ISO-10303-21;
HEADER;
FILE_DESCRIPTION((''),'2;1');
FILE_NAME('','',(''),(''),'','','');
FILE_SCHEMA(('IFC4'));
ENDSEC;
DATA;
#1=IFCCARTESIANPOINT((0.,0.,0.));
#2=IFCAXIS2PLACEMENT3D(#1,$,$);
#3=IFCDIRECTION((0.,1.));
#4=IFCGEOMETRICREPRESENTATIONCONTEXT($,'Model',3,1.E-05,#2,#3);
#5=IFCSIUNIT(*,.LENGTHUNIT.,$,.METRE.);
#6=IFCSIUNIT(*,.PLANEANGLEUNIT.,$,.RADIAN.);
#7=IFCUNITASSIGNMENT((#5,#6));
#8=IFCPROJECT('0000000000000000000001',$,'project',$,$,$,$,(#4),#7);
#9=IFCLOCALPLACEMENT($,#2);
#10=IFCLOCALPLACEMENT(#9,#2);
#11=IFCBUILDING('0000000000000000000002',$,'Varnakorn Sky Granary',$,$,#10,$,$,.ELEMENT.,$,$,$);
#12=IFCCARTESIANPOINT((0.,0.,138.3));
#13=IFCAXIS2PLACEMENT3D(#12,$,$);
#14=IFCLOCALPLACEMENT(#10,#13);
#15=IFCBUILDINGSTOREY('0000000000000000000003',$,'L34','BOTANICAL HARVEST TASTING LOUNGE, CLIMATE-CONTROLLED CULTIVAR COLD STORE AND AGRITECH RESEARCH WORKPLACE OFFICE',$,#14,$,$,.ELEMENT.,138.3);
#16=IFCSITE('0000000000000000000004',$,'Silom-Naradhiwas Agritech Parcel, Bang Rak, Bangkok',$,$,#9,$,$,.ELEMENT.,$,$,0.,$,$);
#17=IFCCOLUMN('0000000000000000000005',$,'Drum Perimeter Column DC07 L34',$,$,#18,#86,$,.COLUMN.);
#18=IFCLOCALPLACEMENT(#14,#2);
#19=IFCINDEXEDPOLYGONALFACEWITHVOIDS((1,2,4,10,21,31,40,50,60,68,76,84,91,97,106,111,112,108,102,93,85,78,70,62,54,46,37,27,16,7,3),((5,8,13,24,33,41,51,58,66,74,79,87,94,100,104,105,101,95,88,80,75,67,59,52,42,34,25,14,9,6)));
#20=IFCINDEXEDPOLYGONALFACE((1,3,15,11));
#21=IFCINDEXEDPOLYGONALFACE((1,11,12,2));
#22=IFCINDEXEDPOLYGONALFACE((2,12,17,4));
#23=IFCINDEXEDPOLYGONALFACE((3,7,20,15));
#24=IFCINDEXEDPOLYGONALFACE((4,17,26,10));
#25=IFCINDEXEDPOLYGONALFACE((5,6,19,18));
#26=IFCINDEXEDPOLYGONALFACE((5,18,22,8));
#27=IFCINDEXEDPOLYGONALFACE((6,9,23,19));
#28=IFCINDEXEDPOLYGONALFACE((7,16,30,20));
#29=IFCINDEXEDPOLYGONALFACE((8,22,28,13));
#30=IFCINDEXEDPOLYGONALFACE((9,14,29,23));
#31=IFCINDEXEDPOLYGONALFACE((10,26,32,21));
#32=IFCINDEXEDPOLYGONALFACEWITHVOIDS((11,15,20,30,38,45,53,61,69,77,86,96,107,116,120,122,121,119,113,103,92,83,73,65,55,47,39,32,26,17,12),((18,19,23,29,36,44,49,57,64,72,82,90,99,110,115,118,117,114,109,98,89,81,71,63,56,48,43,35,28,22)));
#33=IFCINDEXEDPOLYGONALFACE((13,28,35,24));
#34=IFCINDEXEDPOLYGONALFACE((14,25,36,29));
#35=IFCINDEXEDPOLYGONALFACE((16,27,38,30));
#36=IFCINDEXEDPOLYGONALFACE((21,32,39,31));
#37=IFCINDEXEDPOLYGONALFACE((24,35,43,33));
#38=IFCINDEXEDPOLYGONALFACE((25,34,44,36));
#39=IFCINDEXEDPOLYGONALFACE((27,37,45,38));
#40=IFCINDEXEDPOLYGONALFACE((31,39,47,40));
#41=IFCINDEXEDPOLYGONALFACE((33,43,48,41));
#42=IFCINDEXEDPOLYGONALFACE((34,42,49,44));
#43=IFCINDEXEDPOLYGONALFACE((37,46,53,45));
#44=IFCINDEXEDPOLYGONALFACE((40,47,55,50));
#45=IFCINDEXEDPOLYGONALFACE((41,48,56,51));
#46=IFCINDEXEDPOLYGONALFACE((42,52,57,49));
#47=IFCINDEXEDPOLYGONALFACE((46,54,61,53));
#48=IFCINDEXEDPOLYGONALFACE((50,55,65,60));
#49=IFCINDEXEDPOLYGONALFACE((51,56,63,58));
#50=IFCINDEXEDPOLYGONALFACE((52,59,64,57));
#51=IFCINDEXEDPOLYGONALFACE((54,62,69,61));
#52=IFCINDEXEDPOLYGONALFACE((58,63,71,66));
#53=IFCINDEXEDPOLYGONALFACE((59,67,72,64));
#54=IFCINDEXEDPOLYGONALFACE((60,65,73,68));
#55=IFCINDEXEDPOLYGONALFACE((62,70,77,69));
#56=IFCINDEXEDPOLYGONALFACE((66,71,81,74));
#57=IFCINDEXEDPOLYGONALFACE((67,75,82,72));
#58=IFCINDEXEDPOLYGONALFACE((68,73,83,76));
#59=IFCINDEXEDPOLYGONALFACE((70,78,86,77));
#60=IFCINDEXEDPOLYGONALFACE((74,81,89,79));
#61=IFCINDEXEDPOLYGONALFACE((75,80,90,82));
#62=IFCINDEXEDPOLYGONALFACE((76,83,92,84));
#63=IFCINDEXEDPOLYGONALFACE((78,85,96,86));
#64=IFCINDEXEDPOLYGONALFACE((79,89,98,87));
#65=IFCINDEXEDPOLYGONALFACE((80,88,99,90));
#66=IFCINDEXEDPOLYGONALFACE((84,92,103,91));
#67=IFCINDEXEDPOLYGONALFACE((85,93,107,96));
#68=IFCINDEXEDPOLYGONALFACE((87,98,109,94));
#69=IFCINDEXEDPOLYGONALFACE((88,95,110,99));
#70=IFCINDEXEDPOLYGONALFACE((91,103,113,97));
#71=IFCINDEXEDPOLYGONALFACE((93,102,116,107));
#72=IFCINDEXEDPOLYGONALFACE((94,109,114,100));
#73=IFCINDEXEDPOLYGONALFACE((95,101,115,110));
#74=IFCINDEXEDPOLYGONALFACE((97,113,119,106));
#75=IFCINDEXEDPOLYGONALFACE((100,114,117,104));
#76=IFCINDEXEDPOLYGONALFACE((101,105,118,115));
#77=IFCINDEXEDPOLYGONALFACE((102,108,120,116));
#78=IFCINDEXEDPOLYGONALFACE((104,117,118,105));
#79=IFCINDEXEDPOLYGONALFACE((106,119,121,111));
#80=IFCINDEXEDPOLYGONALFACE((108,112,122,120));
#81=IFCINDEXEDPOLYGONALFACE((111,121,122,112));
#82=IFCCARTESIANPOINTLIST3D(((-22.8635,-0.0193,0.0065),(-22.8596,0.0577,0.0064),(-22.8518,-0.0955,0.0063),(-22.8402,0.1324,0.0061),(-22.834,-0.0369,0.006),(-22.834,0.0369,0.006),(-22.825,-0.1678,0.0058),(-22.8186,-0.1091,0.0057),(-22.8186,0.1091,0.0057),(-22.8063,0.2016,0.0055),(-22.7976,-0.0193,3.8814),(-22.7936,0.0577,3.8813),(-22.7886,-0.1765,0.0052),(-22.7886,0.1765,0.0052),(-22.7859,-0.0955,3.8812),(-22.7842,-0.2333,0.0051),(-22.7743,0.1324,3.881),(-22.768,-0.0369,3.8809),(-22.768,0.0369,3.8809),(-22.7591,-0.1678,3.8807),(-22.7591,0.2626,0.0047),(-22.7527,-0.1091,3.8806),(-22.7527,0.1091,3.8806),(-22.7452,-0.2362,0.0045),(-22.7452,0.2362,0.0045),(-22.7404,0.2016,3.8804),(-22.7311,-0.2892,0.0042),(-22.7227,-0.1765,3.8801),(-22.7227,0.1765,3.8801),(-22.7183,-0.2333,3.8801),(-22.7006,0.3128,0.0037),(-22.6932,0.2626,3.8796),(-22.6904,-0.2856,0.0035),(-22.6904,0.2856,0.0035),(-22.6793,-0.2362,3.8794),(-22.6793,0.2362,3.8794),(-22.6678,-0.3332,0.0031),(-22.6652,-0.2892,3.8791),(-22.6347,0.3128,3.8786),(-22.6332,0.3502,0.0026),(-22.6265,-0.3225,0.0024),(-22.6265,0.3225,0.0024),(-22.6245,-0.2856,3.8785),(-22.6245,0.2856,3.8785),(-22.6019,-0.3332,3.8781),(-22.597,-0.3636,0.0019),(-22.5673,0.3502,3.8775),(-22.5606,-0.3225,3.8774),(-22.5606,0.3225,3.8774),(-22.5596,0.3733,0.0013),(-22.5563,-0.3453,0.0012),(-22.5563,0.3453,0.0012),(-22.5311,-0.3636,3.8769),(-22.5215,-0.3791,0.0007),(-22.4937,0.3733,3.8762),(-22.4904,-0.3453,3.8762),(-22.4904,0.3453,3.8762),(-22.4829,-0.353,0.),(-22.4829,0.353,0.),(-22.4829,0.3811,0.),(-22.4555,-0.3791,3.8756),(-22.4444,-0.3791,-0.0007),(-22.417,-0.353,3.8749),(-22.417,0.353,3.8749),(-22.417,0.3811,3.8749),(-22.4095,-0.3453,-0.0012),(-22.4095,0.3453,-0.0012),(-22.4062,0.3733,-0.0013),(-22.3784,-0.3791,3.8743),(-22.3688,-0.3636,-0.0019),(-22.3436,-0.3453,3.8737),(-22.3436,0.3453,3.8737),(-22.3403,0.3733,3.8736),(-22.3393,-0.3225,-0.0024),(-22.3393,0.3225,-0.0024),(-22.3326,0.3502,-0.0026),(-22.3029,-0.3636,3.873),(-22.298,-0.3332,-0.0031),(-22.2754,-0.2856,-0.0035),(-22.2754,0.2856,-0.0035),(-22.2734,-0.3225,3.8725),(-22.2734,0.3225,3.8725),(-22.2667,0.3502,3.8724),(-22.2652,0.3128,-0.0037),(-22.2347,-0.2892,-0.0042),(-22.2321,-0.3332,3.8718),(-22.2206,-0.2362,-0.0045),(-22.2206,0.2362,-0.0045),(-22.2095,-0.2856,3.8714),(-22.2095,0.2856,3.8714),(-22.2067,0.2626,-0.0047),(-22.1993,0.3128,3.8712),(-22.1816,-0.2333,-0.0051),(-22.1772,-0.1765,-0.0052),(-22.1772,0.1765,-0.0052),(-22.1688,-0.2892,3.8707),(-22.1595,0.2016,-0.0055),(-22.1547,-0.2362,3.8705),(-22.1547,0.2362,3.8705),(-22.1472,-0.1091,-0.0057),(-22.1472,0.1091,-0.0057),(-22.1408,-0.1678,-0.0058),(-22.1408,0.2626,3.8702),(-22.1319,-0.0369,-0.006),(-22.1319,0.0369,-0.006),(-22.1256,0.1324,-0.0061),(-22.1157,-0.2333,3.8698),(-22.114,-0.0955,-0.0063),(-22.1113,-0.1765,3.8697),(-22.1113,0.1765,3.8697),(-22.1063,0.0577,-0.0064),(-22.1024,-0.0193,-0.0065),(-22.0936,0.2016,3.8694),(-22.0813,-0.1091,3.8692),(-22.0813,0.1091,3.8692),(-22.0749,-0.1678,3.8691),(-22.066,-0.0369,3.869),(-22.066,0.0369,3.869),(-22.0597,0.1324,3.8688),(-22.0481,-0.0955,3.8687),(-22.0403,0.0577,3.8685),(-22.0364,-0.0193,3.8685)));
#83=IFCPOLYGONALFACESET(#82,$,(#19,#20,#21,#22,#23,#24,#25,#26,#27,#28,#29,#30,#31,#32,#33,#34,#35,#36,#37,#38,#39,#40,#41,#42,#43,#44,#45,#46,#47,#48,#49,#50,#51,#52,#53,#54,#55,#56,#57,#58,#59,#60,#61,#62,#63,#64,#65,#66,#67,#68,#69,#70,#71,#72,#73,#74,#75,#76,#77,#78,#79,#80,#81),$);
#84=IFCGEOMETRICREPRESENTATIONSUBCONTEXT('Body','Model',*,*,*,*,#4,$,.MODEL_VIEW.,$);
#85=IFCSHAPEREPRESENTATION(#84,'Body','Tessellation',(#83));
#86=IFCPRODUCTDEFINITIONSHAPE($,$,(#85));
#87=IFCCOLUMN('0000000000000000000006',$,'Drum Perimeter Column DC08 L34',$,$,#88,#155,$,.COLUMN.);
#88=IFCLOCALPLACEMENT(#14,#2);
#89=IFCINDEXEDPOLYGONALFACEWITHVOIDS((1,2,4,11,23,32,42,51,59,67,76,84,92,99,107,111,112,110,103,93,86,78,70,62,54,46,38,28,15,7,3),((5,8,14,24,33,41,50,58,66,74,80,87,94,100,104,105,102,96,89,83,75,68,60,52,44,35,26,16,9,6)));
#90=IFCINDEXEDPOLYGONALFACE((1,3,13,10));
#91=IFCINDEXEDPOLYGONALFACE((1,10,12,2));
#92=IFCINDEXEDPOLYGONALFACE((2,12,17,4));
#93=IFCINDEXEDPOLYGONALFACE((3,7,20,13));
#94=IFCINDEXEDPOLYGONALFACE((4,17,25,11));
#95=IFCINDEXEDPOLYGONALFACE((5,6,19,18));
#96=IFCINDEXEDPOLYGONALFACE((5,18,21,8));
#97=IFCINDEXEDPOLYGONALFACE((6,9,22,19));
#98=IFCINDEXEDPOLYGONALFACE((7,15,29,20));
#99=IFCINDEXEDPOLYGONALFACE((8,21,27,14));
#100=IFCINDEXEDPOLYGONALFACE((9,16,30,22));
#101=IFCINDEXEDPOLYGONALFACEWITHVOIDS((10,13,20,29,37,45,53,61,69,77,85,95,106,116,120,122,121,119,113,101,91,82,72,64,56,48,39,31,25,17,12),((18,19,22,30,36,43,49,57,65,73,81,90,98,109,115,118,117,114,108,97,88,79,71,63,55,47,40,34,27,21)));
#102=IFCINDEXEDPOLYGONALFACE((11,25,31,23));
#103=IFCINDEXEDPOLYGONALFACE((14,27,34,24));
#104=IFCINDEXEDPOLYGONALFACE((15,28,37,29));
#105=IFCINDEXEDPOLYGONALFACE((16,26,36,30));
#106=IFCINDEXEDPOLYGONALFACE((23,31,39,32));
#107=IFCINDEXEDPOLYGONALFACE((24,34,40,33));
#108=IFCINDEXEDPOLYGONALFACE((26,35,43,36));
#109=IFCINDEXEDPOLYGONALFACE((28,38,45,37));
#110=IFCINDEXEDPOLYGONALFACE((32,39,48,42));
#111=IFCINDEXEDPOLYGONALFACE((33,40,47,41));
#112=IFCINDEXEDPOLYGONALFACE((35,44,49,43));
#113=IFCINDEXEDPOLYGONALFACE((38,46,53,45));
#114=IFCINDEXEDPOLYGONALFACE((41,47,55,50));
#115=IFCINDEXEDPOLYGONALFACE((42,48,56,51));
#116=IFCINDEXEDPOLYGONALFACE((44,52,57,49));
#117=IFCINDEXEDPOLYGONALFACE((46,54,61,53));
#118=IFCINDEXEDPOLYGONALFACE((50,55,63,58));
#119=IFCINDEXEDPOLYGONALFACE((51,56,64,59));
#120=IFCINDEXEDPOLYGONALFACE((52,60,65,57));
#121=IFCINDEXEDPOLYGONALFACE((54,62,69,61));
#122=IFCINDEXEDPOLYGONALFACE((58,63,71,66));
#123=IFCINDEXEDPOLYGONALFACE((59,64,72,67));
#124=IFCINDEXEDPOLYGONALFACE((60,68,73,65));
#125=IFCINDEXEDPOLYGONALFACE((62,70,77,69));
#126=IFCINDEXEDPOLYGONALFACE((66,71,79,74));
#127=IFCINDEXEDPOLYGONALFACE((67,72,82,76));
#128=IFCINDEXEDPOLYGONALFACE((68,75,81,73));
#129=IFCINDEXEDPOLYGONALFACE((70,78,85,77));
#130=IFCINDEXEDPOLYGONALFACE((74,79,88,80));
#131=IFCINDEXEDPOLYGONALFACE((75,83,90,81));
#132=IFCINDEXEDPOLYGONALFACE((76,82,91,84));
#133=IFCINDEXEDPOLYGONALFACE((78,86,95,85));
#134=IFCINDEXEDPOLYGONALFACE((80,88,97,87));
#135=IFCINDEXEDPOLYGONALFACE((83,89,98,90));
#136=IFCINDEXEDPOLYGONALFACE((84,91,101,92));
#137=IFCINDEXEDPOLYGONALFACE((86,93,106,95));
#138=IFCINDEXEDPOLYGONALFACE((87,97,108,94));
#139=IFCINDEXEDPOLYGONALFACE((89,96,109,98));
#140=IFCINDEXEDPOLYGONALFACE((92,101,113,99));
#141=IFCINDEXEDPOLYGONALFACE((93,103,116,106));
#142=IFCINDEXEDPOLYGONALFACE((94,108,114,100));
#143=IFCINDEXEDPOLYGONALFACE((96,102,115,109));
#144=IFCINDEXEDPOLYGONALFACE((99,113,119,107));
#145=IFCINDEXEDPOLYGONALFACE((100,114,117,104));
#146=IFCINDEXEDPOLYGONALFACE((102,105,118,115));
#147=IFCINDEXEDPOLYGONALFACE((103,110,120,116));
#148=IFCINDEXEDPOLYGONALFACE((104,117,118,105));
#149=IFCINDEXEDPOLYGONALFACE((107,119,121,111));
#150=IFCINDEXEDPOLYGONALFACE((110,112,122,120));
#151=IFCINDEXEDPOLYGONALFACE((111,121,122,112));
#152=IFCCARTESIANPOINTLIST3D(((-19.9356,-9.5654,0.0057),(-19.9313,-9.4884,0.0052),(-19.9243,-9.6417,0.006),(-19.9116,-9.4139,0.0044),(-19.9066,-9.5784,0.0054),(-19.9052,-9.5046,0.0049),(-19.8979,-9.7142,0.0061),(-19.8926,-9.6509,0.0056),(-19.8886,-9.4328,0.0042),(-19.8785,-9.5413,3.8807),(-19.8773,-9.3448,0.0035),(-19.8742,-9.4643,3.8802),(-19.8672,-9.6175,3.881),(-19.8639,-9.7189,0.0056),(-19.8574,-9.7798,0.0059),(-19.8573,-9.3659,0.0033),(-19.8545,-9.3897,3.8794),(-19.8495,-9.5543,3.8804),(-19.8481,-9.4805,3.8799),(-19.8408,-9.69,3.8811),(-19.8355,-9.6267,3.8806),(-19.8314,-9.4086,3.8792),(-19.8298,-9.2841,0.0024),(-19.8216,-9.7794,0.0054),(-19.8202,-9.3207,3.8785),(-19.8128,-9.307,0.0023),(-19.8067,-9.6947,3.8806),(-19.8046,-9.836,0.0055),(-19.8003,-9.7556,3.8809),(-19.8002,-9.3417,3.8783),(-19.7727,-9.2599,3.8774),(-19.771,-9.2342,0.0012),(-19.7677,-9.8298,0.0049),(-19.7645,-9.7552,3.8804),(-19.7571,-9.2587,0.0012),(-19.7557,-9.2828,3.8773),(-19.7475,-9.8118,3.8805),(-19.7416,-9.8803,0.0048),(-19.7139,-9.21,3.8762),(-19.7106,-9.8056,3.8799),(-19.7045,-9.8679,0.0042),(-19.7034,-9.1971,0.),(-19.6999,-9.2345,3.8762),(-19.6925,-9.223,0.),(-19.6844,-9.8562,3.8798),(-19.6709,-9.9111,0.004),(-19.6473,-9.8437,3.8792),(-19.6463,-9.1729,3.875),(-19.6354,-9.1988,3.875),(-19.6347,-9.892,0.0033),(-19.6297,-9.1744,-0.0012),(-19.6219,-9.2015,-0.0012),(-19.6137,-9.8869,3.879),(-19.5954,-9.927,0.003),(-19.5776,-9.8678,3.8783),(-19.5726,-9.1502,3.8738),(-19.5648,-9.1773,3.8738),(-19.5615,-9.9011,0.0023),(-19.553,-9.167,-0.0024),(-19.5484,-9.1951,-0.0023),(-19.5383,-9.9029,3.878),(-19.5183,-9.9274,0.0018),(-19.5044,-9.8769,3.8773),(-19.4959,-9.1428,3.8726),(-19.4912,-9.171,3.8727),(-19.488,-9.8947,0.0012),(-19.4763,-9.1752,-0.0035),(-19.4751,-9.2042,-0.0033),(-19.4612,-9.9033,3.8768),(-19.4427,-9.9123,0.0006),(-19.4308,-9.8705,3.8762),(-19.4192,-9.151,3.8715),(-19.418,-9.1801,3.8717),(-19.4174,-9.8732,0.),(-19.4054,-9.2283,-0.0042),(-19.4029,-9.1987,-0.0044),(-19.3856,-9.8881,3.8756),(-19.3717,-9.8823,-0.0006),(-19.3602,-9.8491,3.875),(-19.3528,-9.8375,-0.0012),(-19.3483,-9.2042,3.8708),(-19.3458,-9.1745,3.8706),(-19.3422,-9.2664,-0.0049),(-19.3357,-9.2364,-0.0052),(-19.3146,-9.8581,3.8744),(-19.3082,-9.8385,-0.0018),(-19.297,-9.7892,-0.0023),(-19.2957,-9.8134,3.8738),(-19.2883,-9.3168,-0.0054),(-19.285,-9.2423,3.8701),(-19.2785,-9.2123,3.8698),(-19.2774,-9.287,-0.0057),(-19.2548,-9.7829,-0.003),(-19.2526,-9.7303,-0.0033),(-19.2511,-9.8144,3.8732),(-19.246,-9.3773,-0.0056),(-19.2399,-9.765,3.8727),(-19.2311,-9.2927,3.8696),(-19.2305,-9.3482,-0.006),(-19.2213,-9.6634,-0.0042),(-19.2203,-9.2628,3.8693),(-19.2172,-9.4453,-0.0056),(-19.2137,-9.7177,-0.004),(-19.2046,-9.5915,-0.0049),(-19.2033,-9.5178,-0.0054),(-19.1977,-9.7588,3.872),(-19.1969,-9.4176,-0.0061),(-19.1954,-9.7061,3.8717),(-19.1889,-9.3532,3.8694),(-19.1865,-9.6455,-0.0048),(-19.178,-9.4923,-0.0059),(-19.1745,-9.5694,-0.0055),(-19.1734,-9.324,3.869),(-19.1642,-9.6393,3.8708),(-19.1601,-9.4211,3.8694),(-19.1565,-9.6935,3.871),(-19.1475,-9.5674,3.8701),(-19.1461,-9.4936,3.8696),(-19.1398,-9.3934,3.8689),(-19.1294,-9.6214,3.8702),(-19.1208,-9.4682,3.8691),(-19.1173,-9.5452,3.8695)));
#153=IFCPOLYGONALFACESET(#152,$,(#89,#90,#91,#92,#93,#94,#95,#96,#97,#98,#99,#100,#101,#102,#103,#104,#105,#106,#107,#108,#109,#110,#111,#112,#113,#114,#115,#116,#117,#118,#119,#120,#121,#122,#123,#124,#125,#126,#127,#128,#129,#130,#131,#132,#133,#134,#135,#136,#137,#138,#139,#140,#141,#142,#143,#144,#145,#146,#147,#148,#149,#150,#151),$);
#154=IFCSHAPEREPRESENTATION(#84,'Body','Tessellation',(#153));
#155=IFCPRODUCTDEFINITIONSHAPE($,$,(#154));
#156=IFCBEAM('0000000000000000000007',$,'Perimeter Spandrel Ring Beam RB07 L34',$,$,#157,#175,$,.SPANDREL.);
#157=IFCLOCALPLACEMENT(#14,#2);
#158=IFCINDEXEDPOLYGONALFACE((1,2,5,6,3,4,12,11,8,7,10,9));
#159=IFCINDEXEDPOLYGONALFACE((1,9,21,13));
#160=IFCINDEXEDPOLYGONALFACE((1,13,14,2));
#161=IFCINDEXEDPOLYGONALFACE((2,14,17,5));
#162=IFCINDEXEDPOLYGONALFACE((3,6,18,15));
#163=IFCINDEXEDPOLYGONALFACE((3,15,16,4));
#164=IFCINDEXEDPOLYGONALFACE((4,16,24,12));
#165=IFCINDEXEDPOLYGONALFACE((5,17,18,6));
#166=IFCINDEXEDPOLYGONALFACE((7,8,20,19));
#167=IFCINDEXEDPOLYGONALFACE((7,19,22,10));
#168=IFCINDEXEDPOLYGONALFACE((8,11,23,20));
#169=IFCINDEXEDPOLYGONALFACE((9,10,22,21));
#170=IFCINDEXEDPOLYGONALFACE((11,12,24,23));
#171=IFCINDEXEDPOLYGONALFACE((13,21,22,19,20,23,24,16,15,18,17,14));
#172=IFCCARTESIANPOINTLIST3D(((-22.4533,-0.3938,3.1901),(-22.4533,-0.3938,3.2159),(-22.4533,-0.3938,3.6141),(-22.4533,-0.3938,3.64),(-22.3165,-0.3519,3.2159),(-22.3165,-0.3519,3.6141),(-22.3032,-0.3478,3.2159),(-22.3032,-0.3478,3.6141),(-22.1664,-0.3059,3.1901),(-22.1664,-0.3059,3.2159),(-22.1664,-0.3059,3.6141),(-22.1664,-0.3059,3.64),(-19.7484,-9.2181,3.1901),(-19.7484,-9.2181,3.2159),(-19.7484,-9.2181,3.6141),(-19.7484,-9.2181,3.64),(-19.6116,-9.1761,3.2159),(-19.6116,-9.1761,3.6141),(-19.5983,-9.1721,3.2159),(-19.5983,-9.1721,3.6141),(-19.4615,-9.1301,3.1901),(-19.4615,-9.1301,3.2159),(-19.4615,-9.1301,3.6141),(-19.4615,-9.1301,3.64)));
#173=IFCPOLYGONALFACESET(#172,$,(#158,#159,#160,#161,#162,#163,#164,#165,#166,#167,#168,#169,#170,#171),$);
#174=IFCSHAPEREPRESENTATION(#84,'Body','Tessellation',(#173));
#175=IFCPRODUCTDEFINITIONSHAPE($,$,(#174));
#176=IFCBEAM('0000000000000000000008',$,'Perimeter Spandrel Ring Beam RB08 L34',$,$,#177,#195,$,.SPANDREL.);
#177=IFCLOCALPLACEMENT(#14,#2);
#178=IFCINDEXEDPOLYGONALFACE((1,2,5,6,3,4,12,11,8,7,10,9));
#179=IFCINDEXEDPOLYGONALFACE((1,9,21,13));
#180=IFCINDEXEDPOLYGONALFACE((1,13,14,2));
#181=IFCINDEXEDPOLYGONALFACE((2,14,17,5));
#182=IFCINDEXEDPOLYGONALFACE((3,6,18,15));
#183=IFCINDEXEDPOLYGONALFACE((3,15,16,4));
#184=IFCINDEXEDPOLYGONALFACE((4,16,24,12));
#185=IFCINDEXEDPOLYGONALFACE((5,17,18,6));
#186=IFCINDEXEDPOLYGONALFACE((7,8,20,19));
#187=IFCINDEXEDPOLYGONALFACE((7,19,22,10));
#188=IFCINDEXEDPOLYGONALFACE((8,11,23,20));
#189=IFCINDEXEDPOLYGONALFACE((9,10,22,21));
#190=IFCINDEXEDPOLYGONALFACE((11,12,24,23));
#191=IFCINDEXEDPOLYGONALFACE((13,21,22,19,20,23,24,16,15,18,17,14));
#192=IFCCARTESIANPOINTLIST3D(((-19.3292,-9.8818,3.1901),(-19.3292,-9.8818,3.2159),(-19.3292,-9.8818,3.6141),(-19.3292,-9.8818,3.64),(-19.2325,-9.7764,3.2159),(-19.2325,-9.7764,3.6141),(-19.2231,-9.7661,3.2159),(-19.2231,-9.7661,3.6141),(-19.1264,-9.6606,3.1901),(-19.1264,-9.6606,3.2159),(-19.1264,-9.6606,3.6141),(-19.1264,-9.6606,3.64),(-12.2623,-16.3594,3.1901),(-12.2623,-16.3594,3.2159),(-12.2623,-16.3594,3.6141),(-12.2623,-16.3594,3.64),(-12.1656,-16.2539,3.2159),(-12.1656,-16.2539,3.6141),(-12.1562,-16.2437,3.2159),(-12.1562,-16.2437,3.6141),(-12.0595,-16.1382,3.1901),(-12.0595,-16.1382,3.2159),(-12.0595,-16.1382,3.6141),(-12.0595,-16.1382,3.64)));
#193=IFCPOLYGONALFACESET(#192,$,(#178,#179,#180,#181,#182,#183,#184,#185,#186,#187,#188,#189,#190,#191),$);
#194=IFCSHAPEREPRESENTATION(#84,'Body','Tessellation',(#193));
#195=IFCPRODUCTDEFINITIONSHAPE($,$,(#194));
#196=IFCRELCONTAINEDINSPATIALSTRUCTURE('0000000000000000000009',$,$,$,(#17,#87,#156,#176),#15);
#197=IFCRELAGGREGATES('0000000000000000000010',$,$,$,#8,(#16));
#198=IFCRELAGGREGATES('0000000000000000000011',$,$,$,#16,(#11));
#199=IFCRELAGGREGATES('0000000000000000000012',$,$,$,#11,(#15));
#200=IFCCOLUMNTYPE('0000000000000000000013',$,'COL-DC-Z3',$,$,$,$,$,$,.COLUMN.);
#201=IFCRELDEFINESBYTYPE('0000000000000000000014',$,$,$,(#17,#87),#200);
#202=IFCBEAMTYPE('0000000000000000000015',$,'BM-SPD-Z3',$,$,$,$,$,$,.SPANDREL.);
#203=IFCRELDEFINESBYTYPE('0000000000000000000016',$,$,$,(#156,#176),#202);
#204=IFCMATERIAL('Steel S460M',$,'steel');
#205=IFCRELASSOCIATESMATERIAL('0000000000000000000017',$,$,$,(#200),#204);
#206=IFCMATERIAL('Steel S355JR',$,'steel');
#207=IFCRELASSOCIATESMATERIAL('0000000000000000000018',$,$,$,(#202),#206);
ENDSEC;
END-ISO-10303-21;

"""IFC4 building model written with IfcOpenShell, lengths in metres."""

from ifc_helpers import new_model, si_unit, direction, frame, origin, origin_2d, place, context, subcontext, project, spatial, hollow_circle, i_section, extrude, material, material_profile, profile_set, type_object, element, save


model = new_model("IFC4")

# Units and contexts
model_context = context("Model", 3, precision=1e-05, world=origin(), true_north=direction((0.0, 1.0)))
body_context = subcontext(model_context, "Body", "Model", "MODEL_VIEW")
ifc_project = project(units=[si_unit("LENGTHUNIT", "METRE"), si_unit("PLANEANGLEUNIT", "RADIAN")], contexts=[model_context])

# Site, building, storey
site_placement = place(None, origin())
site = spatial("IfcSite", under=ifc_project, at=site_placement, Name="Silom-Naradhiwas Agritech Parcel, Bang Rak, Bangkok", CompositionType="ELEMENT", RefElevation=0.0)
building_placement = place(site_placement, origin())
building = spatial("IfcBuilding", under=site, at=building_placement, Name="Varnakorn Sky Granary", CompositionType="ELEMENT")
storey_placement = place(building_placement, frame((0.0, 0.0, 138.3)))
storey = spatial("IfcBuildingStorey", under=building, at=storey_placement, Name="L34", Description="BOTANICAL HARVEST TASTING LOUNGE, CLIMATE-CONTROLLED CULTIVAR COLD STORE AND AGRITECH RESEARCH WORKPLACE OFFICE", CompositionType="ELEMENT", Elevation=138.3)

# Columns
ifc_material_1 = material(Name="Steel S460M", Category="steel")
ifc_material_profile_1 = material_profile(ifc_material_1, hollow_circle(Radius=0.3811, WallThickness=0.0281, at=origin_2d()), Name="CHS 762x28")
ifc_profile_set_1 = profile_set([ifc_material_profile_1], Name="Steel S460M")
column_type = type_object("IfcColumnType", Name="COL-DC-Z3", PredefinedType="COLUMN", material=ifc_profile_set_1)
for number, where, z_axis, x_axis, name in (
    (1, (-22.4829, 0.0, 0.0), (0.017009, 0.0, 0.999855), (0.0, 1.0, 0.0), "Drum Perimeter Column DC07 L34"),
    (2, (-19.5549, -9.5481, 0.0), (0.014741, 0.006237, 0.999872), (-0.38964, 0.920967, 0.0), "Drum Perimeter Column DC08 L34"),
):
    element("IfcColumn", number, at=place(storey_placement, frame(where, z_axis=z_axis, x_axis=x_axis)), inside=storey, type_object=column_type, Name=name, PredefinedType="COLUMN", context=body_context, shape_type="SweptSolid", body=[
        extrude(hollow_circle(Radius=0.3811, WallThickness=0.0281, at=origin_2d()), origin(), (0.0, 0.0, 1.0), 3.8755),
    ])

# Beams
ifc_material_2 = material(Name="Steel S355JR", Category="steel")
ifc_material_profile_2 = material_profile(ifc_material_2, i_section(OverallWidth=0.3, OverallDepth=0.45, WebThickness=0.0139, FlangeThickness=0.0259, at=origin_2d()), Name="HE 450 B")
ifc_profile_set_2 = profile_set([ifc_material_profile_2], Name="Steel S355JR")
beam_type = type_object("IfcBeamType", Name="BM-SPD-Z3", PredefinedType="SPANDREL", material=ifc_profile_set_2)
beam_1_placement = place(storey_placement, frame((-22.3098, -0.3499, 3.415), z_axis=(0.293065, -0.956092, 0.0), x_axis=(0.956092, 0.293065, 0.0)))
element("IfcBeam", 3, at=beam_1_placement, inside=storey, type_object=beam_type, Name="Perimeter Spandrel Ring Beam RB07 L34", PredefinedType="SPANDREL", context=body_context, shape_type="SweptSolid", body=[
    extrude(i_section(OverallWidth=0.3, OverallDepth=0.45, WebThickness=0.0139, FlangeThickness=0.0259, at=origin_2d()), origin(), (0.0, 0.0, 1.0), 9.2295),
])
beam_2_placement = place(storey_placement, frame((-19.2278, -9.7712, 3.415), z_axis=(0.737177, -0.675699, 0.0), x_axis=(0.675699, 0.737177, 0.0)))
element("IfcBeam", 4, at=beam_2_placement, inside=storey, type_object=beam_type, Name="Perimeter Spandrel Ring Beam RB08 L34", PredefinedType="SPANDREL", context=body_context, shape_type="SweptSolid", body=[
    extrude(i_section(OverallWidth=0.3, OverallDepth=0.45, WebThickness=0.0139, FlangeThickness=0.0259, at=origin_2d()), origin(), (0.0, 0.0, 1.0), 9.5864),
])

save(model, "model.ifc")
